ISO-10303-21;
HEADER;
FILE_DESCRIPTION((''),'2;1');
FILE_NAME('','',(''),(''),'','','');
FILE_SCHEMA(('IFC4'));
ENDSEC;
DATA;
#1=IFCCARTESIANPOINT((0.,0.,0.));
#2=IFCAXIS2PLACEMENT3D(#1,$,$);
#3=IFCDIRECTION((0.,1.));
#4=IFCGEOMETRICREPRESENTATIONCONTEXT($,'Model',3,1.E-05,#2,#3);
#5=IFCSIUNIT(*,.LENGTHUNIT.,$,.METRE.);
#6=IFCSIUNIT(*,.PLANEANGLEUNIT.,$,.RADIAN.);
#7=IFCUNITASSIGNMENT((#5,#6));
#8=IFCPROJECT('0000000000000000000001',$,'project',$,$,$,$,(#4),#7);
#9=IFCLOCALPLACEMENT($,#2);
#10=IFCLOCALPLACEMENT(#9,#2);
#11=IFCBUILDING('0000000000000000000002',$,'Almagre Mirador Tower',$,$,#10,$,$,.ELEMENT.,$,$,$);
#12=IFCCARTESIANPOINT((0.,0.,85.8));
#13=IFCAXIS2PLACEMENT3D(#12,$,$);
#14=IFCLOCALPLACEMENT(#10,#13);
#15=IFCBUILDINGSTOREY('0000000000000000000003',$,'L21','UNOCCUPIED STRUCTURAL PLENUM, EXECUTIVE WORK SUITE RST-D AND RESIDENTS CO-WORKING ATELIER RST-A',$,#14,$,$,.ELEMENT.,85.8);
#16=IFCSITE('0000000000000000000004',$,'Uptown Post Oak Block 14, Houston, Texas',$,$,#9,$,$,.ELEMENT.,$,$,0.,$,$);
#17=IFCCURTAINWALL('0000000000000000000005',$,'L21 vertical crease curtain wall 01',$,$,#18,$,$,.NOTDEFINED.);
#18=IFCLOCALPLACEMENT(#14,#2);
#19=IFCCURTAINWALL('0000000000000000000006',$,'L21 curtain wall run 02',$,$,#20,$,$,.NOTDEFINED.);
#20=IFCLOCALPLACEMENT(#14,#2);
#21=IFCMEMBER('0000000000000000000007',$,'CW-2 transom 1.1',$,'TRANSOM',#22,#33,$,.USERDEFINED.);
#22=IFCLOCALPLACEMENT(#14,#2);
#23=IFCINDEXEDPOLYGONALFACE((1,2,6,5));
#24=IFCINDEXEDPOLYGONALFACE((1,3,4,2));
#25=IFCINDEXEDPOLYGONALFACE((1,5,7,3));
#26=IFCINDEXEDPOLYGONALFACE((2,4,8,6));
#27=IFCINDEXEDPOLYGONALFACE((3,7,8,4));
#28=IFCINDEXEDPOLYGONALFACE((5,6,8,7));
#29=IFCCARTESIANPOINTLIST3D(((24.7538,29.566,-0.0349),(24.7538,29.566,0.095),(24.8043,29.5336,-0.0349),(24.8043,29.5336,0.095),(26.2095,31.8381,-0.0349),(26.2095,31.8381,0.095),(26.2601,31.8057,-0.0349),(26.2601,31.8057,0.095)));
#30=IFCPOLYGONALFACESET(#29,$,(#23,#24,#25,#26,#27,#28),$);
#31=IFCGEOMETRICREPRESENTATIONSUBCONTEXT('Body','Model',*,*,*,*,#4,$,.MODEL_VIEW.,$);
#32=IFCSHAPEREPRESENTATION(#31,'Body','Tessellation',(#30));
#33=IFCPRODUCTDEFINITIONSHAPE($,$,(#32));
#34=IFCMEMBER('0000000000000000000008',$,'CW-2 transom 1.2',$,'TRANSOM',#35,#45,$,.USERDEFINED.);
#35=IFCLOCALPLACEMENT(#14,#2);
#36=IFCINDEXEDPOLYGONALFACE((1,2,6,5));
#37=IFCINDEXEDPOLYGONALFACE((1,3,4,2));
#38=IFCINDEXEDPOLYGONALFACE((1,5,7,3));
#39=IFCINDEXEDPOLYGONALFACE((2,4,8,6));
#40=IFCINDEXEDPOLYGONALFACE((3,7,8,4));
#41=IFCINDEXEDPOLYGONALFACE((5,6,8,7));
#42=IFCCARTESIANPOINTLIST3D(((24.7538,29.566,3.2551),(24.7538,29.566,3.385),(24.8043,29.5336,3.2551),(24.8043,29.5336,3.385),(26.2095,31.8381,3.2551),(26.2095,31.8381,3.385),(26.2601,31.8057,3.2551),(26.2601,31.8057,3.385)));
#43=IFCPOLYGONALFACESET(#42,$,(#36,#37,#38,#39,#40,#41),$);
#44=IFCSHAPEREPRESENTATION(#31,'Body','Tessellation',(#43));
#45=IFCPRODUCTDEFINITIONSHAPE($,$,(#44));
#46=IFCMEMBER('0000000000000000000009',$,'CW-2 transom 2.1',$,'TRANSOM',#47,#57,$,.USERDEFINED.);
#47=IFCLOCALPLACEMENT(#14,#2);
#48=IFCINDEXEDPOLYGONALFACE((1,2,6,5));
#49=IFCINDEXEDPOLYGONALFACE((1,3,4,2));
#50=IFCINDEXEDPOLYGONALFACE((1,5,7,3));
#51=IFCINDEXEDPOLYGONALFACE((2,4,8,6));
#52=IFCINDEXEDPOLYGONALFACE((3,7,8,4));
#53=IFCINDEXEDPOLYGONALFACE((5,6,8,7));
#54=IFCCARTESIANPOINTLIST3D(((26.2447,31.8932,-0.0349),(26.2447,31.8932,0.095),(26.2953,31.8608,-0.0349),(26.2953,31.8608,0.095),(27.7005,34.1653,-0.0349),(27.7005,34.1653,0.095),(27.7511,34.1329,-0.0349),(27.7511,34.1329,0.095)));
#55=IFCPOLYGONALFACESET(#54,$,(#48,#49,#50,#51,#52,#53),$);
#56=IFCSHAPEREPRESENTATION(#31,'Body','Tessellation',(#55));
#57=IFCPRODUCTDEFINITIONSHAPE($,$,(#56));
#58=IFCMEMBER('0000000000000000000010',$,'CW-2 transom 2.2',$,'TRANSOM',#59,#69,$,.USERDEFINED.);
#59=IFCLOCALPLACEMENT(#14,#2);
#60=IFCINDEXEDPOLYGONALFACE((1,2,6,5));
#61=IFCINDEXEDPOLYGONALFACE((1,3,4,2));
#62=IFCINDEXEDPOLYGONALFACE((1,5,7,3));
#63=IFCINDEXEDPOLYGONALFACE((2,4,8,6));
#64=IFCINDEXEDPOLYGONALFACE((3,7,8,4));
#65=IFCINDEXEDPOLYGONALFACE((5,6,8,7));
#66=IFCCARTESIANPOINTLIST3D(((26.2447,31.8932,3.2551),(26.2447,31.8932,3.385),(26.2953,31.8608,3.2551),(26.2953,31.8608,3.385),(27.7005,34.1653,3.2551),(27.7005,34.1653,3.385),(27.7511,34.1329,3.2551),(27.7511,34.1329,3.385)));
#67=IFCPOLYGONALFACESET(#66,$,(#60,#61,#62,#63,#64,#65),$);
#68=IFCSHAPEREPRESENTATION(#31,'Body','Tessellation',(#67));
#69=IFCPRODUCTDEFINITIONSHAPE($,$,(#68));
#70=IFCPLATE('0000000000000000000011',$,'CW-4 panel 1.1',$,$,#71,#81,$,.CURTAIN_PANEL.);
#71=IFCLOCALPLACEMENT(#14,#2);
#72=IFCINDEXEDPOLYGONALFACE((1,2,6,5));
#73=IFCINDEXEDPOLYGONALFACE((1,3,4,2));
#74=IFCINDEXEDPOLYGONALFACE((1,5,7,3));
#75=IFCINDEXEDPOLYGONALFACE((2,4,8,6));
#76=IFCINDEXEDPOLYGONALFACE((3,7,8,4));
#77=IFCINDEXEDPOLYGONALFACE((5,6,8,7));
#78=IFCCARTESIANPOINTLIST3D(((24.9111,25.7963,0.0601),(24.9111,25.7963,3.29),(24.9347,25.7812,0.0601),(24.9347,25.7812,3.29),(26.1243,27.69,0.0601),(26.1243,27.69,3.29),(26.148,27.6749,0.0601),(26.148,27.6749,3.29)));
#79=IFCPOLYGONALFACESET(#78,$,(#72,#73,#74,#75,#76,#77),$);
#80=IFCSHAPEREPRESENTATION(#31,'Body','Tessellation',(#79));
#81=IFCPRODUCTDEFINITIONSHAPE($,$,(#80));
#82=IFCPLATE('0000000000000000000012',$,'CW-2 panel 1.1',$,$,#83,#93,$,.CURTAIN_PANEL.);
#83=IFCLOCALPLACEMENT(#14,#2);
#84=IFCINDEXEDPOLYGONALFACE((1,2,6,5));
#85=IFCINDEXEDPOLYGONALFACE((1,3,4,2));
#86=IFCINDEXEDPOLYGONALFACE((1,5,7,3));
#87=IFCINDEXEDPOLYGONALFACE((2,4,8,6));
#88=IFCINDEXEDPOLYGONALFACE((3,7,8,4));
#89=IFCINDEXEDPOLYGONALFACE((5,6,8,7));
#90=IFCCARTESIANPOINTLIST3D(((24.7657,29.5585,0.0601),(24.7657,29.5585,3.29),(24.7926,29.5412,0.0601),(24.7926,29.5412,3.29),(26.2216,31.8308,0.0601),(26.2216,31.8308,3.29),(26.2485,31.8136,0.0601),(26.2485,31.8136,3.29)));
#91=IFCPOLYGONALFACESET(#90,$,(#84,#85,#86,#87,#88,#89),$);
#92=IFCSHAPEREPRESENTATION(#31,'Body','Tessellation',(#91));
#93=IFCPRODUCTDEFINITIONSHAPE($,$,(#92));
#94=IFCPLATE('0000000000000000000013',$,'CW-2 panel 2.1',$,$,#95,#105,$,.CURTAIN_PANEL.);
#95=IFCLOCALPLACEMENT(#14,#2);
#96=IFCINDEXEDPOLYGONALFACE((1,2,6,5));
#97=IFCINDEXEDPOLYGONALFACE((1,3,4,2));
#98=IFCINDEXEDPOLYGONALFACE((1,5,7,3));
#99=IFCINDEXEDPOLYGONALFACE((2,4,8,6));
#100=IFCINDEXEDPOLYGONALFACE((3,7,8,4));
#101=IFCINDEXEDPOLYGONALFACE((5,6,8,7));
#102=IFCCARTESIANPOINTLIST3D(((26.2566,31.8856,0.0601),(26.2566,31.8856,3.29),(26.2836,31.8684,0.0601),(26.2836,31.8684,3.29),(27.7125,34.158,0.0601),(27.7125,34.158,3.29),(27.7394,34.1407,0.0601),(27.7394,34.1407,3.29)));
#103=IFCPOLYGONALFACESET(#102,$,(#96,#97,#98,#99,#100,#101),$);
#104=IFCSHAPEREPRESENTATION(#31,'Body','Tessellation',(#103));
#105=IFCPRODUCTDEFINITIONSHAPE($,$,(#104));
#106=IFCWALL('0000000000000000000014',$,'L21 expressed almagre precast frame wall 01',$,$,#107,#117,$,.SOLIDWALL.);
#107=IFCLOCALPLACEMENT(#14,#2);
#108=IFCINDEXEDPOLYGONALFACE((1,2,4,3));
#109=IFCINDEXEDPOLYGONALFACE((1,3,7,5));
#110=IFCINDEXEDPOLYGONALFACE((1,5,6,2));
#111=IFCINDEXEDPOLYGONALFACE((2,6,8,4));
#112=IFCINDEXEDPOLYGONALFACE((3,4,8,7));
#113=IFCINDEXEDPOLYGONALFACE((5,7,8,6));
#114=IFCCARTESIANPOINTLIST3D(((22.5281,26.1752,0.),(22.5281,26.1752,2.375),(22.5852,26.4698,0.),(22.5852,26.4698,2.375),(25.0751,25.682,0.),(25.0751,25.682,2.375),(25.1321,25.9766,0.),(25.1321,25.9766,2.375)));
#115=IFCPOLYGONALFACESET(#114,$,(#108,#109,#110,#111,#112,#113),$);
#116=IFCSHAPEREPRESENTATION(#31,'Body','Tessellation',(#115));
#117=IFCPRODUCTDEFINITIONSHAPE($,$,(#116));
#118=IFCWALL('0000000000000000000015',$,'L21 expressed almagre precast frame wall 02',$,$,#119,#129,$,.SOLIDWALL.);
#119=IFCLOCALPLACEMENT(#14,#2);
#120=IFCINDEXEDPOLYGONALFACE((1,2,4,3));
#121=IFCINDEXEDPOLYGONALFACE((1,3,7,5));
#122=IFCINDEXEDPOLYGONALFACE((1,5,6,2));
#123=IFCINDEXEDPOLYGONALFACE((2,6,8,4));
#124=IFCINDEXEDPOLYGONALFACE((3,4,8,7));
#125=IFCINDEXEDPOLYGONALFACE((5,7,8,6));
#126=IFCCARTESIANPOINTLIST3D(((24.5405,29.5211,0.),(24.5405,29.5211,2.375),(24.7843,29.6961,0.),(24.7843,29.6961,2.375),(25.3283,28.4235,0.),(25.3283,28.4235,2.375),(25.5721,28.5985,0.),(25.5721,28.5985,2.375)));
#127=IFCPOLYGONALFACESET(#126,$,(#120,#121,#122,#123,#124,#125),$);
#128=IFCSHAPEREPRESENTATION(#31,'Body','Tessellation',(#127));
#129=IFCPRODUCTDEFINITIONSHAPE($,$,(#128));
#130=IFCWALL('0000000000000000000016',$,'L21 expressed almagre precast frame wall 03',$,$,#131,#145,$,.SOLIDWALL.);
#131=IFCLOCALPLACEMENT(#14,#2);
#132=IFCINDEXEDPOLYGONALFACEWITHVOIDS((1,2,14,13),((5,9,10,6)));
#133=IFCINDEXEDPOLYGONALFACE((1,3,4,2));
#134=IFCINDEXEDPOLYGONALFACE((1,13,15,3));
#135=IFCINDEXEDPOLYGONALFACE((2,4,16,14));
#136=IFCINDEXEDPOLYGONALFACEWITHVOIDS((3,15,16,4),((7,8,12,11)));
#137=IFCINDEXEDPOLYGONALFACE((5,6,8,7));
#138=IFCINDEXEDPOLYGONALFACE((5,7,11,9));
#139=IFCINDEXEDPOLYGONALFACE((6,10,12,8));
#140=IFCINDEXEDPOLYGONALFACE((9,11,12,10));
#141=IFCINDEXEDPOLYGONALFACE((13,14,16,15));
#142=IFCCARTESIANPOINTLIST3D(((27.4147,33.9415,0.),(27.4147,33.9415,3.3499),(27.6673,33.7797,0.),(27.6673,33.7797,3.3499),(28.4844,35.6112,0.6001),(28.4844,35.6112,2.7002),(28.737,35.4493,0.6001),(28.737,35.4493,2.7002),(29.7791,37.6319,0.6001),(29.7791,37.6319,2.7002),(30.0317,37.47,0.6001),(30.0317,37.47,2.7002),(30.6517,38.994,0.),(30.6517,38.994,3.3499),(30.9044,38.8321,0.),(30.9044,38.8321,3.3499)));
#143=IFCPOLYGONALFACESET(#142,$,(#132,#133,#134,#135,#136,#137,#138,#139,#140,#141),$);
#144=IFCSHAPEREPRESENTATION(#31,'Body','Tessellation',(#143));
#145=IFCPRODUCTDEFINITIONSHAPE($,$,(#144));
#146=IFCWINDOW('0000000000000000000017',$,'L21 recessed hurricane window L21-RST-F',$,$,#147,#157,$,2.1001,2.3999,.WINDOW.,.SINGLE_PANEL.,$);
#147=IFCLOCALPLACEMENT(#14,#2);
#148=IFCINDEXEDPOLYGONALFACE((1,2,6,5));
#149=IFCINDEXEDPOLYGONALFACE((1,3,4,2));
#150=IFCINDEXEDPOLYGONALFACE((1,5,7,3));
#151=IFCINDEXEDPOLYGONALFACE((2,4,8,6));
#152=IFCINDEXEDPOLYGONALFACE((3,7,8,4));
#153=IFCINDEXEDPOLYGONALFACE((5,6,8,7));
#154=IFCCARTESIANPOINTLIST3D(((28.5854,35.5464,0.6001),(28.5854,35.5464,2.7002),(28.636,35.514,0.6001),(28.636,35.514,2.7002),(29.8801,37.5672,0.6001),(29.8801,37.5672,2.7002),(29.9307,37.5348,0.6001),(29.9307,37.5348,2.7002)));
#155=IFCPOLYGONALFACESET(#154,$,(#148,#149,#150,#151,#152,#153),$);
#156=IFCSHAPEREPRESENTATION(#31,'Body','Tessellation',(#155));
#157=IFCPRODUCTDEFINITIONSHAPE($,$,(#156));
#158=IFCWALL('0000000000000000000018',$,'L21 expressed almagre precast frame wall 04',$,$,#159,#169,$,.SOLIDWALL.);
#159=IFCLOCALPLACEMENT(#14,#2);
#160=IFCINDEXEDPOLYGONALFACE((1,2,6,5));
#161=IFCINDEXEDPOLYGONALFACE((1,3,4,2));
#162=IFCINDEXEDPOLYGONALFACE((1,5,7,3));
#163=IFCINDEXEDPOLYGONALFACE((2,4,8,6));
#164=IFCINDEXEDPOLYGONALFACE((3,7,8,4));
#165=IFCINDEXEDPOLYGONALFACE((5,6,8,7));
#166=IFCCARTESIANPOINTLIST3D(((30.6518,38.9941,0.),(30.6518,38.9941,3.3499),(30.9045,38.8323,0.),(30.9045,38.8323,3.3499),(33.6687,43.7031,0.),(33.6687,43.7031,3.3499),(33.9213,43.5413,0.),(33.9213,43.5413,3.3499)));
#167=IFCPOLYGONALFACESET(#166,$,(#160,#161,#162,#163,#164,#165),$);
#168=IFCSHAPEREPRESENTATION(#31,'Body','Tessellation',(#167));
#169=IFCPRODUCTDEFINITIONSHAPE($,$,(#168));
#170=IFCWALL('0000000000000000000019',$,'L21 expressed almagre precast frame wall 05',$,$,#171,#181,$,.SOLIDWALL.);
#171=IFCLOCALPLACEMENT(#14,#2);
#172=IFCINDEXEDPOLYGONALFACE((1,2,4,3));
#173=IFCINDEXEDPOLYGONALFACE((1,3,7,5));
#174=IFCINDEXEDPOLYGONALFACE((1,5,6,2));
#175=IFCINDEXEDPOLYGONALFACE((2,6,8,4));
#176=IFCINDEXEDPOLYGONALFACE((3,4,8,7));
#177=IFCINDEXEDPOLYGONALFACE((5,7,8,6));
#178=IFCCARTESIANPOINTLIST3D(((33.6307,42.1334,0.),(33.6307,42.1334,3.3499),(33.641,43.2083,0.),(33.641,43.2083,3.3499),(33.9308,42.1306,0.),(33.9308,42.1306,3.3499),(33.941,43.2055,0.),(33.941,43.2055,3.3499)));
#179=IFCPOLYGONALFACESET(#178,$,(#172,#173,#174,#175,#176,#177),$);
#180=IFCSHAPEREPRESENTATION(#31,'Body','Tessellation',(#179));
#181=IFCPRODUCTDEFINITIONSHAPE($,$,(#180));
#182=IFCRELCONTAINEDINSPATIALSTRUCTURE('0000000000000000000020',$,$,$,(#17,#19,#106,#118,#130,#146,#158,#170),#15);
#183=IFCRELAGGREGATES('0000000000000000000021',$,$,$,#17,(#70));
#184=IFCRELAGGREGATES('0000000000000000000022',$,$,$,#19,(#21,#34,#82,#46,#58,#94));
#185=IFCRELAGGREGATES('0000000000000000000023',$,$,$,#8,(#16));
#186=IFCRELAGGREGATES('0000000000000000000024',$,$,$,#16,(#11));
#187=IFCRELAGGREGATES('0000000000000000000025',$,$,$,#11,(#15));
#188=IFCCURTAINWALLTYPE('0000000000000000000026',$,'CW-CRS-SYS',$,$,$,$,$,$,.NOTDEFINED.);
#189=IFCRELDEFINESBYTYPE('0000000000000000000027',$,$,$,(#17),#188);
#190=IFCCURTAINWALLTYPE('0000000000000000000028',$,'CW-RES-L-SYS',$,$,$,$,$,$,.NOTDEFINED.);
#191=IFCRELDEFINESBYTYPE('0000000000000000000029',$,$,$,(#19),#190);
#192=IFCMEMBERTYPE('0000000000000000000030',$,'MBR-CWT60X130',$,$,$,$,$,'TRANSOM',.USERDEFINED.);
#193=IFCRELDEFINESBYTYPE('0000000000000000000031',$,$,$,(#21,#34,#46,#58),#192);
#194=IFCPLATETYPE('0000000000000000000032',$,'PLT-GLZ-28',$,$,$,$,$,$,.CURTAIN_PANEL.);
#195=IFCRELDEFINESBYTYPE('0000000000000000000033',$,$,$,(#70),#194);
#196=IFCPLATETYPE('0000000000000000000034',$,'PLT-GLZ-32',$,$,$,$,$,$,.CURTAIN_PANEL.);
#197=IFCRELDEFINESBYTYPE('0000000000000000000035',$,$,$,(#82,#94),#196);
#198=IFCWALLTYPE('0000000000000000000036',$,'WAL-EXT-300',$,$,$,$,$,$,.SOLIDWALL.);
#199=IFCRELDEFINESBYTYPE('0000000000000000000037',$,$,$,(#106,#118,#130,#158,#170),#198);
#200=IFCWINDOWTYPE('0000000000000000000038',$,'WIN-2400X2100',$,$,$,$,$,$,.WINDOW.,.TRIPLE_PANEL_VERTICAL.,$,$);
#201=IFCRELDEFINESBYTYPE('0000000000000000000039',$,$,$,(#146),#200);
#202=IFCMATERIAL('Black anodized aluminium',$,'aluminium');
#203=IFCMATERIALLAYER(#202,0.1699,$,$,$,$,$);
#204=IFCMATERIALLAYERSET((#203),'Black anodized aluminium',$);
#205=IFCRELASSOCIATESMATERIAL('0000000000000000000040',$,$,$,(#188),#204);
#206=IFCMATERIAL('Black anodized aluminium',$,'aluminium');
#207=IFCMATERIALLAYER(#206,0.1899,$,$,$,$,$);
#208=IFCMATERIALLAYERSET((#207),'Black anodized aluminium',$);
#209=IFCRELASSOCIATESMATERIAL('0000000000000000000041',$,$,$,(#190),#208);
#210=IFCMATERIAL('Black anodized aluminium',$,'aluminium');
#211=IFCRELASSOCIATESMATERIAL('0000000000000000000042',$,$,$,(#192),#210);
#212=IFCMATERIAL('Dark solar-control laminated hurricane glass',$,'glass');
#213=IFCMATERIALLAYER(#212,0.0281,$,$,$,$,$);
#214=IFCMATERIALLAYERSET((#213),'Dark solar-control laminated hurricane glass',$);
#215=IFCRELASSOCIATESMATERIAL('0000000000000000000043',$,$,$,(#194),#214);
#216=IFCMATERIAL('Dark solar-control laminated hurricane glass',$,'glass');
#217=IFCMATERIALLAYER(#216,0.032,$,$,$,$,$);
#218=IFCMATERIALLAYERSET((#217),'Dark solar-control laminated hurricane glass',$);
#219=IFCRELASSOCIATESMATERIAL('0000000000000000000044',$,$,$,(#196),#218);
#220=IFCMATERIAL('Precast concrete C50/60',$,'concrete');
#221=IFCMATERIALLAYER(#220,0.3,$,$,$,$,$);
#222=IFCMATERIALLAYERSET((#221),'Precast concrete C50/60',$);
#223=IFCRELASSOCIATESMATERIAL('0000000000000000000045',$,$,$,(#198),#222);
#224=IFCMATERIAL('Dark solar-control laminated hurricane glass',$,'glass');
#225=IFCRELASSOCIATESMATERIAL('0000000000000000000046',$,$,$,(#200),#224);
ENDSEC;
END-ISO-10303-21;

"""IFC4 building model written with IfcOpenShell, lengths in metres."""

from ifc_helpers import new_model, si_unit, direction, frame, frame_2d, origin, origin_2d, place, context, subcontext, project, spatial, rectangle, extrude, material, layer, layer_set, material_profile, profile_set, type_object, element, fill, aggregate, save


model = new_model("IFC4")

# Units and contexts
model_context = context("Model", 3, precision=1e-05, world=origin(), true_north=direction((0.0, 1.0)))
body_context = subcontext(model_context, "Body", "Model", "MODEL_VIEW")
ifc_project = project(units=[si_unit("LENGTHUNIT", "METRE"), si_unit("PLANEANGLEUNIT", "RADIAN")], contexts=[model_context])

# Site, building, storey
site_placement = place(None, origin())
site = spatial("IfcSite", under=ifc_project, at=site_placement, Name="Uptown Post Oak Block 14, Houston, Texas", CompositionType="ELEMENT", RefElevation=0.0)
building_placement = place(site_placement, origin())
building = spatial("IfcBuilding", under=site, at=building_placement, Name="Almagre Mirador Tower", CompositionType="ELEMENT")
storey_placement = place(building_placement, frame((0.0, 0.0, 85.8)))
storey = spatial("IfcBuildingStorey", under=building, at=storey_placement, Name="L21", Description="UNOCCUPIED STRUCTURAL PLENUM, EXECUTIVE WORK SUITE RST-D AND RESIDENTS CO-WORKING ATELIER RST-A", CompositionType="ELEMENT", Elevation=85.8)

# Curtain walls
ifc_material_1 = material(Name="Black anodized aluminium", Category="aluminium")
ifc_layer_1 = layer(ifc_material_1, 0.1699)
ifc_layer_set_1 = layer_set([ifc_layer_1], Name="Black anodized aluminium")
curtain_wall_type_1 = type_object("IfcCurtainWallType", Name="CW-CRS-SYS", PredefinedType="NOTDEFINED", material=ifc_layer_set_1)
curtain_wall_1_placement = place(storey_placement, origin())
curtain_wall_1 = element("IfcCurtainWall", 1, at=curtain_wall_1_placement, inside=storey, type_object=curtain_wall_type_1, Name="L21 vertical crease curtain wall 01", PredefinedType="NOTDEFINED")
ifc_material_2 = material(Name="Black anodized aluminium", Category="aluminium")
ifc_layer_2 = layer(ifc_material_2, 0.1899)
ifc_layer_set_2 = layer_set([ifc_layer_2], Name="Black anodized aluminium")
curtain_wall_type_2 = type_object("IfcCurtainWallType", Name="CW-RES-L-SYS", PredefinedType="NOTDEFINED", material=ifc_layer_set_2)
curtain_wall_2_placement = place(storey_placement, origin())
curtain_wall_2 = element("IfcCurtainWall", 2, at=curtain_wall_2_placement, inside=storey, type_object=curtain_wall_type_2, Name="L21 curtain wall run 02", PredefinedType="NOTDEFINED")

# Members
ifc_material_3 = material(Name="Black anodized aluminium", Category="aluminium")
ifc_material_profile_1 = material_profile(ifc_material_3, rectangle(XDim=0.0601, YDim=0.1299, at=origin_2d()), Name="CWT60X130")
ifc_profile_set_1 = profile_set([ifc_material_profile_1], Name="Black anodized aluminium")
member_type_1 = type_object("IfcMemberType", Name="MBR-CWT60X130", ElementType="TRANSOM", PredefinedType="USERDEFINED", material=ifc_profile_set_1)
member_1_placement = place(storey_placement, frame((24.7791, 29.5498, 0.03), z_axis=(0.539472, 0.842003, 0.0), x_axis=(-0.842003, 0.539472, 0.0)))
member_1 = element("IfcMember", 3, at=member_1_placement, type_object=member_type_1, Name="CW-2 transom 1.1", ObjectType="TRANSOM", PredefinedType="USERDEFINED", context=body_context, shape_type="SweptSolid", body=[
    extrude(rectangle(XDim=0.0601, YDim=0.1299, at=origin_2d()), origin(), (0.0, 0.0, 1.0), 2.6985),
])
member_2_placement = place(storey_placement, frame((24.7791, 29.5498, 3.3201), z_axis=(0.539472, 0.842003, 0.0), x_axis=(-0.842003, 0.539472, 0.0)))
member_2 = element("IfcMember", 4, at=member_2_placement, type_object=member_type_1, Name="CW-2 transom 1.2", ObjectType="TRANSOM", PredefinedType="USERDEFINED", context=body_context, shape_type="SweptSolid", body=[
    extrude(rectangle(XDim=0.0601, YDim=0.1299, at=origin_2d()), origin(), (0.0, 0.0, 1.0), 2.6985),
])
member_3_placement = place(storey_placement, frame((26.27, 31.877, 0.03), z_axis=(0.539472, 0.842003, 0.0), x_axis=(-0.842003, 0.539472, 0.0)))
member_3 = element("IfcMember", 5, at=member_3_placement, type_object=member_type_1, Name="CW-2 transom 2.1", ObjectType="TRANSOM", PredefinedType="USERDEFINED", context=body_context, shape_type="SweptSolid", body=[
    extrude(rectangle(XDim=0.0601, YDim=0.1299, at=origin_2d()), origin(), (0.0, 0.0, 1.0), 2.6985),
])
member_4_placement = place(storey_placement, frame((26.27, 31.877, 3.3201), z_axis=(0.539472, 0.842003, 0.0), x_axis=(-0.842003, 0.539472, 0.0)))
member_4 = element("IfcMember", 6, at=member_4_placement, type_object=member_type_1, Name="CW-2 transom 2.2", ObjectType="TRANSOM", PredefinedType="USERDEFINED", context=body_context, shape_type="SweptSolid", body=[
    extrude(rectangle(XDim=0.0601, YDim=0.1299, at=origin_2d()), origin(), (0.0, 0.0, 1.0), 2.6985),
])

# Plates
ifc_material_4 = material(Name="Dark solar-control laminated hurricane glass", Category="glass")
ifc_layer_3 = layer(ifc_material_4, 0.0281)
ifc_layer_set_3 = layer_set([ifc_layer_3], Name="Dark solar-control laminated hurricane glass")
plate_type_1 = type_object("IfcPlateType", Name="PLT-GLZ-28", PredefinedType="CURTAIN_PANEL", material=ifc_layer_set_3)
plate_1_placement = place(storey_placement, frame((25.5295, 26.7356, 0.0601), z_axis=(0.0, 0.0, 1.0), x_axis=(0.539451, 0.842017, 0.0)))
plate_1 = element("IfcPlate", 7, at=plate_1_placement, type_object=plate_type_1, Name="CW-4 panel 1.1", PredefinedType="CURTAIN_PANEL", context=body_context, shape_type="SweptSolid", body=[
    extrude(rectangle(XDim=2.249, YDim=0.0281, at=origin_2d()), origin(), (0.0, 0.0, 1.0), 3.23),
])
aggregate(curtain_wall_1, [plate_1])
ifc_material_5 = material(Name="Dark solar-control laminated hurricane glass", Category="glass")
ifc_layer_4 = layer(ifc_material_5, 0.032)
ifc_layer_set_4 = layer_set([ifc_layer_4], Name="Dark solar-control laminated hurricane glass")
plate_type_2 = type_object("IfcPlateType", Name="PLT-GLZ-32", PredefinedType="CURTAIN_PANEL", material=ifc_layer_set_4)
plate_2_placement = place(storey_placement, frame((25.5071, 30.686, 0.0601), z_axis=(0.0, 0.0, 1.0), x_axis=(0.539465, 0.842008, 0.0)))
plate_2 = element("IfcPlate", 8, at=plate_2_placement, type_object=plate_type_2, Name="CW-2 panel 1.1", PredefinedType="CURTAIN_PANEL", context=body_context, shape_type="SweptSolid", body=[
    extrude(rectangle(XDim=2.6987, YDim=0.032, at=origin_2d()), origin(), (0.0, 0.0, 1.0), 3.23),
])
plate_3_placement = place(storey_placement, frame((26.998, 33.0132, 0.0601), z_axis=(0.0, 0.0, 1.0), x_axis=(0.539465, 0.842008, 0.0)))
plate_3 = element("IfcPlate", 9, at=plate_3_placement, type_object=plate_type_2, Name="CW-2 panel 2.1", PredefinedType="CURTAIN_PANEL", context=body_context, shape_type="SweptSolid", body=[
    extrude(rectangle(XDim=2.6987, YDim=0.032, at=origin_2d()), origin(), (0.0, 0.0, 1.0), 3.23),
])
aggregate(curtain_wall_2, [member_1, member_2, plate_2, member_3, member_4, plate_3])

# Walls
ifc_material_6 = material(Name="Precast concrete C50/60", Category="concrete")
ifc_layer_5 = layer(ifc_material_6, 0.3)
ifc_layer_set_5 = layer_set([ifc_layer_5], Name="Precast concrete C50/60")
wall_type_1 = type_object("IfcWallType", Name="WAL-EXT-300", PredefinedType="SOLIDWALL", material=ifc_layer_set_5)
wall_1_placement = place(storey_placement, frame((22.5566, 26.3225, 0.0), z_axis=(0.0, 0.0, 1.0), x_axis=(0.981764, -0.190104, 0.0)))
element("IfcWall", 10, at=wall_1_placement, inside=storey, type_object=wall_type_1, Name="L21 expressed almagre precast frame wall 01", PredefinedType="SOLIDWALL", context=body_context, shape_type="SweptSolid", body=[
    extrude(rectangle(XDim=2.5942, YDim=0.3, at=frame_2d((1.2971, 0.0))), origin(), (0.0, 0.0, 1.0), 2.375),
])
wall_2_placement = place(storey_placement, frame((25.4502, 28.511, 0.0), z_axis=(0.0, 0.0, 1.0), x_axis=(-0.5831, 0.812401, 0.0)))
element("IfcWall", 11, at=wall_2_placement, inside=storey, type_object=wall_type_1, Name="L21 expressed almagre precast frame wall 02", PredefinedType="SOLIDWALL", context=body_context, shape_type="SweptSolid", body=[
    extrude(rectangle(XDim=1.3511, YDim=0.3, at=frame_2d((0.6755, 0.0))), origin(), (0.0, 0.0, 1.0), 2.375),
])

# Wall, opening, window
wall_3_placement = place(storey_placement, frame((27.541, 33.8606, 0.0), z_axis=(0.0, 0.0, 1.0), x_axis=(0.539464, 0.842009, 0.0)))
wall_3 = element("IfcWall", 12, at=wall_3_placement, inside=storey, type_object=wall_type_1, Name="L21 expressed almagre precast frame wall 03", PredefinedType="SOLIDWALL", context=body_context, shape_type="SweptSolid", body=[
    extrude(rectangle(XDim=6.0005, YDim=0.3, at=frame_2d((3.0002, 0.0))), origin(), (0.0, 0.0, 1.0), 3.3499),
])
opening_placement = place(wall_3_placement, frame((1.9829, 0.0, 0.6001)))
opening = element("IfcOpeningElement", 13, at=opening_placement, cuts=wall_3, PredefinedType="OPENING", context=body_context, shape_type="SweptSolid", body=[
    extrude(rectangle(XDim=2.3999, YDim=2.1001, at=frame_2d((1.2, 1.05))), frame((0.0, 0.1599, 0.0), z_axis=(0.0, -1.0, 0.0), x_axis=(1.0, 0.0, 0.0)), (0.0, 0.0, 1.0), 0.32),
])
ifc_material_7 = material(Name="Dark solar-control laminated hurricane glass", Category="glass")
window_type = type_object("IfcWindowType", Name="WIN-2400X2100", PartitioningType="TRIPLE_PANEL_VERTICAL", PredefinedType="WINDOW", material=ifc_material_7)
window_placement = place(opening_placement, origin())
window = element("IfcWindow", 14, at=window_placement, inside=storey, type_object=window_type, Name="L21 recessed hurricane window L21-RST-F", OverallHeight=2.1001, OverallWidth=2.3999, PartitioningType="SINGLE_PANEL", PredefinedType="WINDOW", context=body_context, shape_type="SweptSolid", body=[
    extrude(rectangle(XDim=2.3999, YDim=2.1001, at=frame_2d((1.2, 1.05))), frame((0.0, 0.03, 0.0), z_axis=(0.0, -1.0, 0.0), x_axis=(1.0, 0.0, 0.0)), (0.0, 0.0, 1.0), 0.0601),
])
fill(opening, window)

# Walls
wall_4_placement = place(storey_placement, frame((30.7781, 38.9131, 0.0), z_axis=(0.0, 0.0, 1.0), x_axis=(0.539446, 0.84202, 0.0)))
element("IfcWall", 15, at=wall_4_placement, inside=storey, type_object=wall_type_1, Name="L21 expressed almagre precast frame wall 04", PredefinedType="SOLIDWALL", context=body_context, shape_type="SweptSolid", body=[
    extrude(rectangle(XDim=5.5925, YDim=0.3, at=frame_2d((2.7964, 0.0))), origin(), (0.0, 0.0, 1.0), 3.3499),
])
wall_5_placement = place(storey_placement, frame((33.791, 43.207, 0.0), z_axis=(0.0, 0.0, 1.0), x_axis=(-0.009539, -0.999955, 0.0)))
element("IfcWall", 16, at=wall_5_placement, inside=storey, type_object=wall_type_1, Name="L21 expressed almagre precast frame wall 05", PredefinedType="SOLIDWALL", context=body_context, shape_type="SweptSolid", body=[
    extrude(rectangle(XDim=1.075, YDim=0.3, at=frame_2d((0.5376, 0.0))), origin(), (0.0, 0.0, 1.0), 3.3499),
])

save(model, "model.ifc")
